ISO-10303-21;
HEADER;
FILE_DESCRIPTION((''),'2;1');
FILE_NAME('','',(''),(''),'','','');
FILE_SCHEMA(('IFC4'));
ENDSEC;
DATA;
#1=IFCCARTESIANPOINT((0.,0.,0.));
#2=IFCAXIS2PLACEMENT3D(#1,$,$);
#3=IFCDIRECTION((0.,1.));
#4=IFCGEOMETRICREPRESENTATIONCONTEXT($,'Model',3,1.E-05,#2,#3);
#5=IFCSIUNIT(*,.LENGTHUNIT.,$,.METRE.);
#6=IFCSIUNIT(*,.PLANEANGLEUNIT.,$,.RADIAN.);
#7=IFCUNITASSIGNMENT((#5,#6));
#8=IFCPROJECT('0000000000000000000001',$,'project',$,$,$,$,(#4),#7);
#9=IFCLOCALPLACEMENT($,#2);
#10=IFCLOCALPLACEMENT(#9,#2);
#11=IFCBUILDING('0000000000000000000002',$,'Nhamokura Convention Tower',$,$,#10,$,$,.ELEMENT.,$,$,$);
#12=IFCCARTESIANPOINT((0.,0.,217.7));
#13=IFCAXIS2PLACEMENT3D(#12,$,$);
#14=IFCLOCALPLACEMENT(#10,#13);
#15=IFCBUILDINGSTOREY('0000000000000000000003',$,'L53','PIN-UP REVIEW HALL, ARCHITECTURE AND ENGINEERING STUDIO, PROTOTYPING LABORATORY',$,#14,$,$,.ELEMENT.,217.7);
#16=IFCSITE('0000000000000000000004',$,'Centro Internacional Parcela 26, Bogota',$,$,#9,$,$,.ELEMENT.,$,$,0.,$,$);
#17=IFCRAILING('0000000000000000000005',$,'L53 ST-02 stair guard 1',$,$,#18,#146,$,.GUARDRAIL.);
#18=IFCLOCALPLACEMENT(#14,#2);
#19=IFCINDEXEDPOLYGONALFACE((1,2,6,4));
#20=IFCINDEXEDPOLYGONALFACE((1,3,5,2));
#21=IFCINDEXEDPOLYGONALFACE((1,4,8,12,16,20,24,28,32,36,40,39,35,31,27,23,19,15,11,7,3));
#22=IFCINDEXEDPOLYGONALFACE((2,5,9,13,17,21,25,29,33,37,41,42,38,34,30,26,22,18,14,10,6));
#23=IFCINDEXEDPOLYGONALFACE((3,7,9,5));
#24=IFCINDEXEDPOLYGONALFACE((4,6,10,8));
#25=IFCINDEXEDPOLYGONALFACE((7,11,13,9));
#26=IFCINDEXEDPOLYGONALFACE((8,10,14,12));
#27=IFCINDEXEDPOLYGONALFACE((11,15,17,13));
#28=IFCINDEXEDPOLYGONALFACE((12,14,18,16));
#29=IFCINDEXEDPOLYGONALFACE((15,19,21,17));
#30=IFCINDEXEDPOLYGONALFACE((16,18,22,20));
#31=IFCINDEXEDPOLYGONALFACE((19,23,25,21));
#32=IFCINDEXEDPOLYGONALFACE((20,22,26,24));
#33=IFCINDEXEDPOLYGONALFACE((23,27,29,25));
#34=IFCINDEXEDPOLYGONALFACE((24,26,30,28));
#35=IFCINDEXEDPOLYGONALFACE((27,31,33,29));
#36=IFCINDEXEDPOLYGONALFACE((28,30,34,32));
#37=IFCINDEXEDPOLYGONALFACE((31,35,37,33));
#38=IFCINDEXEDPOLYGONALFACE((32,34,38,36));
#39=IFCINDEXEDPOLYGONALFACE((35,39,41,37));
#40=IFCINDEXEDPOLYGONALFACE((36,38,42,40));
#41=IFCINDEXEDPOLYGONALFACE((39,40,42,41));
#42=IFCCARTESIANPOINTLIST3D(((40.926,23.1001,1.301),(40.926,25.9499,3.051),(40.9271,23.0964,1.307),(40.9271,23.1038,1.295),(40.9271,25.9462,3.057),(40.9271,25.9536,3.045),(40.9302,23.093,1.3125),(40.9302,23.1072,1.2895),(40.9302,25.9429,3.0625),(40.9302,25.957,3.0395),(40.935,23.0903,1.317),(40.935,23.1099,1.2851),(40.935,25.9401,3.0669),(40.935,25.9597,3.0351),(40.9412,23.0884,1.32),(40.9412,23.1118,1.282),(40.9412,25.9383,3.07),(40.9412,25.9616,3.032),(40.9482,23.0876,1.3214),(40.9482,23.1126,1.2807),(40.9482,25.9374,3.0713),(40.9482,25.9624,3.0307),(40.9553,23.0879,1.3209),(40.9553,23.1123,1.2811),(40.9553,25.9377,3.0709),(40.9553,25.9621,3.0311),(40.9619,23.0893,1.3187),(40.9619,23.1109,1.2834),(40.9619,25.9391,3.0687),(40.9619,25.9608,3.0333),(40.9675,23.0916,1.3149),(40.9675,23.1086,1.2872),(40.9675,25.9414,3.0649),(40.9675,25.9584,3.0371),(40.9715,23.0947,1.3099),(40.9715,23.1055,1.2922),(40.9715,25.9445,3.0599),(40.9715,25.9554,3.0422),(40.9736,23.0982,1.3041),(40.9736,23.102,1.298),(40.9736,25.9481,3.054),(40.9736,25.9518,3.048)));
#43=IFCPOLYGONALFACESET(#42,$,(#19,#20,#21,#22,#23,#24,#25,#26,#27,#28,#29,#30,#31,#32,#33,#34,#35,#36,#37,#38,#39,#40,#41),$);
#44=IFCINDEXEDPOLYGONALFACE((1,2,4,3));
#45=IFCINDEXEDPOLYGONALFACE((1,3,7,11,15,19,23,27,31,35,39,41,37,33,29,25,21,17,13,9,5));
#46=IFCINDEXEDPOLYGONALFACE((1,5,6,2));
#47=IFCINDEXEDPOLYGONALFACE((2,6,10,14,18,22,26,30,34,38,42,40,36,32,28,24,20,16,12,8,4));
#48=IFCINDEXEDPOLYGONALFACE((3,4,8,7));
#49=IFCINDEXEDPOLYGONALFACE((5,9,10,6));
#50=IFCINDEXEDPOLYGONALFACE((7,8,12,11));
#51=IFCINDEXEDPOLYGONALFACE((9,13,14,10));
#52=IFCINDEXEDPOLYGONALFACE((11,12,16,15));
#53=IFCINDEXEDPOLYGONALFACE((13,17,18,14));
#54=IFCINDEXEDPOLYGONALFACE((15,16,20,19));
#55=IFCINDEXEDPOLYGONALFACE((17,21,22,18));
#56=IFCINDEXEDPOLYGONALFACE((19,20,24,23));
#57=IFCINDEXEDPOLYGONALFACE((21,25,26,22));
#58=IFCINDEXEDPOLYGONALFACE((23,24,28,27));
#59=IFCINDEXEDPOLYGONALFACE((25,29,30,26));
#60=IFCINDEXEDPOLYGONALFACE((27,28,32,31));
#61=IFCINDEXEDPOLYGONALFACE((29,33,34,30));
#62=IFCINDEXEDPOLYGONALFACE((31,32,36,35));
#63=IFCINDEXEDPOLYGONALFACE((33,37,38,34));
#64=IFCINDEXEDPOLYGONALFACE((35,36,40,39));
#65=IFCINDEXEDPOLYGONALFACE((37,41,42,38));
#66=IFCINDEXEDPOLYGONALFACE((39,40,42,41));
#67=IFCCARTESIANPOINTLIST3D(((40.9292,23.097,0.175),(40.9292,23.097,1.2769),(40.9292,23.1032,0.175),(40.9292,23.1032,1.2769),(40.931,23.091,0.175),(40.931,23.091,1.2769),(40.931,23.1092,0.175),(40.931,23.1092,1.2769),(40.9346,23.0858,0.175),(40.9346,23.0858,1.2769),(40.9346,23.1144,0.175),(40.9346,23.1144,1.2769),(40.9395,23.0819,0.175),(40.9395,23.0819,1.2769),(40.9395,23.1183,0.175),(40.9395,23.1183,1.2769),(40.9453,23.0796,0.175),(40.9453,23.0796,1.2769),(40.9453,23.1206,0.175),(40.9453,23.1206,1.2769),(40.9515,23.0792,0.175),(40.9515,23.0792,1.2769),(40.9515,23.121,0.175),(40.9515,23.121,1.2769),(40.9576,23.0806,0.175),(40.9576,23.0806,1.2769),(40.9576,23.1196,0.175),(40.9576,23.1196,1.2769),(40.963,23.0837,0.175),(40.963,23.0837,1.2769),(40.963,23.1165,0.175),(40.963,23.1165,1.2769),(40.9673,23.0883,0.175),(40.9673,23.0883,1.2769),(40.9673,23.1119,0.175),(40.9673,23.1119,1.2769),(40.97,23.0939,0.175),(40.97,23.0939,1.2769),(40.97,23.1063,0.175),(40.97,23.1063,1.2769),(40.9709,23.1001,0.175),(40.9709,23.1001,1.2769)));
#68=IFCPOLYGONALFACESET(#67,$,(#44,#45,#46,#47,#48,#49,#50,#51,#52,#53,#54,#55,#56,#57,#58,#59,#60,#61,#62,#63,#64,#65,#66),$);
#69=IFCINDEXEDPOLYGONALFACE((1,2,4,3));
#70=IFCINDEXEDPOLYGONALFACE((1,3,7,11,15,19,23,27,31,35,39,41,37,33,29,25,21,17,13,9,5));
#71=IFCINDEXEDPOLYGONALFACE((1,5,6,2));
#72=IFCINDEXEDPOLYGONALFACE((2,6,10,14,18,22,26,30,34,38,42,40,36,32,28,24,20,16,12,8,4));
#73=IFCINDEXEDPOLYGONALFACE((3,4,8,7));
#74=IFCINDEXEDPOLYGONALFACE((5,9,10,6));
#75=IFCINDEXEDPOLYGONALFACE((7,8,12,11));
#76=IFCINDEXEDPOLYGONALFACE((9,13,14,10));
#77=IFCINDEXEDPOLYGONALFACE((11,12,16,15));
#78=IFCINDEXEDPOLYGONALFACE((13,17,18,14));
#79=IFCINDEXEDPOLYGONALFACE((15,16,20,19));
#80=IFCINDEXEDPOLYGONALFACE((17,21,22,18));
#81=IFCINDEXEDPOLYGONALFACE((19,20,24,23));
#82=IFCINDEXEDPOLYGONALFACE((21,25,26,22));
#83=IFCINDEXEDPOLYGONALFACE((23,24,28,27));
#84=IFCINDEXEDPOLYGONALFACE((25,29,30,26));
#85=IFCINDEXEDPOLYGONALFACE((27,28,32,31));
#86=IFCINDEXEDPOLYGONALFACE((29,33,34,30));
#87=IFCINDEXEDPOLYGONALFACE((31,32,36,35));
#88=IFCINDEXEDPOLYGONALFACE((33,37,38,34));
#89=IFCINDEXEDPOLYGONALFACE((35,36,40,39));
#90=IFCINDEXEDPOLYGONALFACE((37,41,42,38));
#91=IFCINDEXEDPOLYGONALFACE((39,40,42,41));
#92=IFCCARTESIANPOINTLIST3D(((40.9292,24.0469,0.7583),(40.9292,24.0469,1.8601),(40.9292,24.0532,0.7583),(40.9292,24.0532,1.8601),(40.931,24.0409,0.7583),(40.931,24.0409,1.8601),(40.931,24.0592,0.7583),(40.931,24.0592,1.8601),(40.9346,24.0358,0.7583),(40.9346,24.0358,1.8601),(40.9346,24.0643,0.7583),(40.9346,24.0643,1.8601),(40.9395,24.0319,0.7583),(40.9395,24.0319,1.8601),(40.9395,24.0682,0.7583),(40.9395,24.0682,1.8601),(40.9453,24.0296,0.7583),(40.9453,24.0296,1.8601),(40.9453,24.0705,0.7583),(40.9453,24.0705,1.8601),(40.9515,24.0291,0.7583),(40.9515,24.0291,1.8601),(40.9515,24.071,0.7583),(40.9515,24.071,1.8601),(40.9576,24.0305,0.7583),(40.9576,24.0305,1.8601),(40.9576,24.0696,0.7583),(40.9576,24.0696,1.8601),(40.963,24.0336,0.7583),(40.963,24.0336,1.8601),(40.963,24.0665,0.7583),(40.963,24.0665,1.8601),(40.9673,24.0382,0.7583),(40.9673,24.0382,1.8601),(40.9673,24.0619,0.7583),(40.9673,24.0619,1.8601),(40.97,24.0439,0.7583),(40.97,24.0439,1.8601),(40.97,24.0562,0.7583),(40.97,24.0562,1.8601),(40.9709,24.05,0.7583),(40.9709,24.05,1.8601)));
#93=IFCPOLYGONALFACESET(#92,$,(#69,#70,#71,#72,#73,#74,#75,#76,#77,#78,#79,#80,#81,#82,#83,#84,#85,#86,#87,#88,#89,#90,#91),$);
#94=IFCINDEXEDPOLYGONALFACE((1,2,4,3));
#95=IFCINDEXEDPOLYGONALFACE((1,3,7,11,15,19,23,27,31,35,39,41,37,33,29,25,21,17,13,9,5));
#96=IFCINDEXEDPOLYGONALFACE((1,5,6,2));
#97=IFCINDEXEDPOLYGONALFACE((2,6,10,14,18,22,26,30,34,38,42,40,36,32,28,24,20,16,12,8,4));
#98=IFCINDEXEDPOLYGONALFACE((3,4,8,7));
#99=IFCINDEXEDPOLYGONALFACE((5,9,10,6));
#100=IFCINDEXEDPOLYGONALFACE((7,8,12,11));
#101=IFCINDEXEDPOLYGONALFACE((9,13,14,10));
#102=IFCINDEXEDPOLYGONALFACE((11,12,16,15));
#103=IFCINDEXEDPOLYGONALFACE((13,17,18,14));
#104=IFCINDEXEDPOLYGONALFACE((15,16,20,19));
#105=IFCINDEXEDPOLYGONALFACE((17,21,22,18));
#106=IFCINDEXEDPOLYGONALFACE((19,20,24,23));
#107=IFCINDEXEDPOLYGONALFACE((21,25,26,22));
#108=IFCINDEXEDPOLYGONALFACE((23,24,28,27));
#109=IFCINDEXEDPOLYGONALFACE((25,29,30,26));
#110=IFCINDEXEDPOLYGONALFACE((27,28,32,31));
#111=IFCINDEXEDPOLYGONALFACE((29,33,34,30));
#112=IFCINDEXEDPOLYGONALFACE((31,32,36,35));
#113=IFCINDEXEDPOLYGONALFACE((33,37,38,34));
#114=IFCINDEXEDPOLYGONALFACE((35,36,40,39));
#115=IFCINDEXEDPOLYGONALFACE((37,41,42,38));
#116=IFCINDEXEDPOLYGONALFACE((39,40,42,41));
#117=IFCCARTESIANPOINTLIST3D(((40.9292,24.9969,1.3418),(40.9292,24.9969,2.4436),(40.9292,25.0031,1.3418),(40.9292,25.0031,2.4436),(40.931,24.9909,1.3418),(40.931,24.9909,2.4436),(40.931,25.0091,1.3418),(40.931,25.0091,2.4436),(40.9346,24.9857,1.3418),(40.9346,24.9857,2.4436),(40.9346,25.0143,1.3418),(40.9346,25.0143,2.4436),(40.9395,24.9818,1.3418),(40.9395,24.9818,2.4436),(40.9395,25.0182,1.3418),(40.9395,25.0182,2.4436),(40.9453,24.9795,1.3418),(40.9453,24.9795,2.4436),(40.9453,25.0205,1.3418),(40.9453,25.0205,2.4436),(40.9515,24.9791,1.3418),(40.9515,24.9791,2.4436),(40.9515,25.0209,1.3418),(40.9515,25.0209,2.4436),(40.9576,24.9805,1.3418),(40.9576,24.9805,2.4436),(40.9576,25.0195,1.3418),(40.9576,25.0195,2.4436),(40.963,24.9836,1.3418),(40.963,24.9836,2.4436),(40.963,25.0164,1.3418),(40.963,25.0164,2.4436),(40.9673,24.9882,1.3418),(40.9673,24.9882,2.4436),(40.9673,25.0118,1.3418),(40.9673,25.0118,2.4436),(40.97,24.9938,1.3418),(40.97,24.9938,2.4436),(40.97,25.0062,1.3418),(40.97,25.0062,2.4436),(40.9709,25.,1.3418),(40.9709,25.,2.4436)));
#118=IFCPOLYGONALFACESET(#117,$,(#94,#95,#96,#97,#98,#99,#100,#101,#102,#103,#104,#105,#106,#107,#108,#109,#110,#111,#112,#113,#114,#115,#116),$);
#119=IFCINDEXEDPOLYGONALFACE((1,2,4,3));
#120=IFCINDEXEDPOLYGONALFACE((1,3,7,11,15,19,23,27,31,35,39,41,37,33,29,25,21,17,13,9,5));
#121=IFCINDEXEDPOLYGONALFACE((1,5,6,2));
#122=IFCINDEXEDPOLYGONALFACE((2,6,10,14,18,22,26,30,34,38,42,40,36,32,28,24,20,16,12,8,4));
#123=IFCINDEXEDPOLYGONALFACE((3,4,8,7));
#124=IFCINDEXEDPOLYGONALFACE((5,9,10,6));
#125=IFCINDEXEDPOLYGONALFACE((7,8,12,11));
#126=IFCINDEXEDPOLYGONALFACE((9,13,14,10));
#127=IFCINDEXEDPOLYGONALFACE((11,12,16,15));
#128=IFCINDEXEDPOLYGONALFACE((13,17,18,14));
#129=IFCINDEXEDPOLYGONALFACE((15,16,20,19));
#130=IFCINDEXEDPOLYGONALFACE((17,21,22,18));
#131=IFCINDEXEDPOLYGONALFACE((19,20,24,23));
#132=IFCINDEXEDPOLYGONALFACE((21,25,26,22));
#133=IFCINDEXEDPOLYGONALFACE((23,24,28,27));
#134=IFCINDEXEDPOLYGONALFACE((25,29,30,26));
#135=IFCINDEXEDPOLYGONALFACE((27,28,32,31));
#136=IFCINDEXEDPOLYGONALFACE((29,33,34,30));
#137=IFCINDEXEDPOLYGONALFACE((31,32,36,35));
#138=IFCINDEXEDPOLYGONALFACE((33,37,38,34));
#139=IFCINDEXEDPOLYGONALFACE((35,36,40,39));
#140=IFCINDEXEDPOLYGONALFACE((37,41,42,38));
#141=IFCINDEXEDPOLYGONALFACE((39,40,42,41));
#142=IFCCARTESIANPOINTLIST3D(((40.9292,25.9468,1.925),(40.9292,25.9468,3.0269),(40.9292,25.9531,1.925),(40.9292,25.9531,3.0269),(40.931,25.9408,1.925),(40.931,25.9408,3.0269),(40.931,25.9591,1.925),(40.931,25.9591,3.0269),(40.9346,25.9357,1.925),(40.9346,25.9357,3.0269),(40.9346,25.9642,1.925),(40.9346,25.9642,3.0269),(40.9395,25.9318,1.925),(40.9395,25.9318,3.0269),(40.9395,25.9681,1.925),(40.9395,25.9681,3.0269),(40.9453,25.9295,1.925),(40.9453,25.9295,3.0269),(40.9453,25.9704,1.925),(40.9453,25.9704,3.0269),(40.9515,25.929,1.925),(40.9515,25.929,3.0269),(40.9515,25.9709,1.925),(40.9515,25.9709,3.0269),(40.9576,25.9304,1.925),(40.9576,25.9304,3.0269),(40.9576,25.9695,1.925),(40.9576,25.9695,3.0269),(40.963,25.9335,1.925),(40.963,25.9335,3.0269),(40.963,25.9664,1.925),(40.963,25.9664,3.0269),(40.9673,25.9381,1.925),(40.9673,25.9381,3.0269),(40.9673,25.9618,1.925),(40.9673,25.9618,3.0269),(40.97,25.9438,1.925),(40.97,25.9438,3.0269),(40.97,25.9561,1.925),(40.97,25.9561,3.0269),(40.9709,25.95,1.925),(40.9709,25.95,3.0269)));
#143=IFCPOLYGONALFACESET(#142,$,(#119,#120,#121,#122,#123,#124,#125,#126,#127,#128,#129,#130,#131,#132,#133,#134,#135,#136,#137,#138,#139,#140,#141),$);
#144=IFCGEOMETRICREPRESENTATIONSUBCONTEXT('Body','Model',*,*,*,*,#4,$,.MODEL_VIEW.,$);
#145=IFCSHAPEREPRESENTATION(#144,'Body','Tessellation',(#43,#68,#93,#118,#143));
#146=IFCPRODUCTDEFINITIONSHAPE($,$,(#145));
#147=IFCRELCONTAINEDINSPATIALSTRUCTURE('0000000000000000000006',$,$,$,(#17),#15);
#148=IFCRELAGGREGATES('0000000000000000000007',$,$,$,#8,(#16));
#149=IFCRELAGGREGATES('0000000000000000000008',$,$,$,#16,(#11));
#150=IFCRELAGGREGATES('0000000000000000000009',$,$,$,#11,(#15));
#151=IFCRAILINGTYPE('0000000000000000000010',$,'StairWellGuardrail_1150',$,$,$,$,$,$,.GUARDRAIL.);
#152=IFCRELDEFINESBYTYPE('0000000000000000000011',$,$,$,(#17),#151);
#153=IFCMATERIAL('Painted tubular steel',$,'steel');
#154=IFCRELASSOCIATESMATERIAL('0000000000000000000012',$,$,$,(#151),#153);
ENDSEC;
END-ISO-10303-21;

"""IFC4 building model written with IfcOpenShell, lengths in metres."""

from ifc_helpers import new_model, si_unit, direction, frame, origin, origin_2d, place, context, subcontext, project, spatial, circle, extrude, material, type_object, element, save


model = new_model("IFC4")

# Units and contexts
model_context = context("Model", 3, precision=1e-05, world=origin(), true_north=direction((0.0, 1.0)))
body_context = subcontext(model_context, "Body", "Model", "MODEL_VIEW")
ifc_project = project(units=[si_unit("LENGTHUNIT", "METRE"), si_unit("PLANEANGLEUNIT", "RADIAN")], contexts=[model_context])

# Site, building, storey
site_placement = place(None, origin())
site = spatial("IfcSite", under=ifc_project, at=site_placement, Name="Centro Internacional Parcela 26, Bogota", CompositionType="ELEMENT", RefElevation=0.0)
building_placement = place(site_placement, origin())
building = spatial("IfcBuilding", under=site, at=building_placement, Name="Nhamokura Convention Tower", CompositionType="ELEMENT")
storey_placement = place(building_placement, frame((0.0, 0.0, 217.7)))
storey = spatial("IfcBuildingStorey", under=building, at=storey_placement, Name="L53", Description="PIN-UP REVIEW HALL, ARCHITECTURE AND ENGINEERING STUDIO, PROTOTYPING LABORATORY", CompositionType="ELEMENT", Elevation=217.7)

# Railing
ifc_material_1 = material(Name="Painted tubular steel", Category="steel")
railing_type_1 = type_object("IfcRailingType", Name="StairWellGuardrail_1150", PredefinedType="GUARDRAIL", material=ifc_material_1)
railing_1_placement = place(storey_placement, frame((40.95, 23.1001, 0.175)))
element("IfcRailing", 1, at=railing_1_placement, inside=storey, type_object=railing_type_1, Name="L53 ST-02 stair guard 1", PredefinedType="GUARDRAIL", context=body_context, shape_type="SweptSolid", body=[
    extrude(circle(Radius=0.0239, at=origin_2d()), frame((0.0, 0.0, 1.126), z_axis=(0.0, 0.852159, 0.523283), x_axis=(-1.0, 0.0, 0.0)), (0.0, 0.0, 1.0), 3.3442),
    extrude(circle(Radius=0.021, at=origin_2d()), origin(), (0.0, 0.0, 1.0), 1.1018),
    extrude(circle(Radius=0.021, at=origin_2d()), frame((0.0, 0.95, 0.5833)), (0.0, 0.0, 1.0), 1.1018),
    extrude(circle(Radius=0.021, at=origin_2d()), frame((0.0, 1.8999, 1.1667)), (0.0, 0.0, 1.0), 1.1018),
    extrude(circle(Radius=0.021, at=origin_2d()), frame((0.0, 2.8499, 1.75)), (0.0, 0.0, 1.0), 1.1018),
])

save(model, "model.ifc")
